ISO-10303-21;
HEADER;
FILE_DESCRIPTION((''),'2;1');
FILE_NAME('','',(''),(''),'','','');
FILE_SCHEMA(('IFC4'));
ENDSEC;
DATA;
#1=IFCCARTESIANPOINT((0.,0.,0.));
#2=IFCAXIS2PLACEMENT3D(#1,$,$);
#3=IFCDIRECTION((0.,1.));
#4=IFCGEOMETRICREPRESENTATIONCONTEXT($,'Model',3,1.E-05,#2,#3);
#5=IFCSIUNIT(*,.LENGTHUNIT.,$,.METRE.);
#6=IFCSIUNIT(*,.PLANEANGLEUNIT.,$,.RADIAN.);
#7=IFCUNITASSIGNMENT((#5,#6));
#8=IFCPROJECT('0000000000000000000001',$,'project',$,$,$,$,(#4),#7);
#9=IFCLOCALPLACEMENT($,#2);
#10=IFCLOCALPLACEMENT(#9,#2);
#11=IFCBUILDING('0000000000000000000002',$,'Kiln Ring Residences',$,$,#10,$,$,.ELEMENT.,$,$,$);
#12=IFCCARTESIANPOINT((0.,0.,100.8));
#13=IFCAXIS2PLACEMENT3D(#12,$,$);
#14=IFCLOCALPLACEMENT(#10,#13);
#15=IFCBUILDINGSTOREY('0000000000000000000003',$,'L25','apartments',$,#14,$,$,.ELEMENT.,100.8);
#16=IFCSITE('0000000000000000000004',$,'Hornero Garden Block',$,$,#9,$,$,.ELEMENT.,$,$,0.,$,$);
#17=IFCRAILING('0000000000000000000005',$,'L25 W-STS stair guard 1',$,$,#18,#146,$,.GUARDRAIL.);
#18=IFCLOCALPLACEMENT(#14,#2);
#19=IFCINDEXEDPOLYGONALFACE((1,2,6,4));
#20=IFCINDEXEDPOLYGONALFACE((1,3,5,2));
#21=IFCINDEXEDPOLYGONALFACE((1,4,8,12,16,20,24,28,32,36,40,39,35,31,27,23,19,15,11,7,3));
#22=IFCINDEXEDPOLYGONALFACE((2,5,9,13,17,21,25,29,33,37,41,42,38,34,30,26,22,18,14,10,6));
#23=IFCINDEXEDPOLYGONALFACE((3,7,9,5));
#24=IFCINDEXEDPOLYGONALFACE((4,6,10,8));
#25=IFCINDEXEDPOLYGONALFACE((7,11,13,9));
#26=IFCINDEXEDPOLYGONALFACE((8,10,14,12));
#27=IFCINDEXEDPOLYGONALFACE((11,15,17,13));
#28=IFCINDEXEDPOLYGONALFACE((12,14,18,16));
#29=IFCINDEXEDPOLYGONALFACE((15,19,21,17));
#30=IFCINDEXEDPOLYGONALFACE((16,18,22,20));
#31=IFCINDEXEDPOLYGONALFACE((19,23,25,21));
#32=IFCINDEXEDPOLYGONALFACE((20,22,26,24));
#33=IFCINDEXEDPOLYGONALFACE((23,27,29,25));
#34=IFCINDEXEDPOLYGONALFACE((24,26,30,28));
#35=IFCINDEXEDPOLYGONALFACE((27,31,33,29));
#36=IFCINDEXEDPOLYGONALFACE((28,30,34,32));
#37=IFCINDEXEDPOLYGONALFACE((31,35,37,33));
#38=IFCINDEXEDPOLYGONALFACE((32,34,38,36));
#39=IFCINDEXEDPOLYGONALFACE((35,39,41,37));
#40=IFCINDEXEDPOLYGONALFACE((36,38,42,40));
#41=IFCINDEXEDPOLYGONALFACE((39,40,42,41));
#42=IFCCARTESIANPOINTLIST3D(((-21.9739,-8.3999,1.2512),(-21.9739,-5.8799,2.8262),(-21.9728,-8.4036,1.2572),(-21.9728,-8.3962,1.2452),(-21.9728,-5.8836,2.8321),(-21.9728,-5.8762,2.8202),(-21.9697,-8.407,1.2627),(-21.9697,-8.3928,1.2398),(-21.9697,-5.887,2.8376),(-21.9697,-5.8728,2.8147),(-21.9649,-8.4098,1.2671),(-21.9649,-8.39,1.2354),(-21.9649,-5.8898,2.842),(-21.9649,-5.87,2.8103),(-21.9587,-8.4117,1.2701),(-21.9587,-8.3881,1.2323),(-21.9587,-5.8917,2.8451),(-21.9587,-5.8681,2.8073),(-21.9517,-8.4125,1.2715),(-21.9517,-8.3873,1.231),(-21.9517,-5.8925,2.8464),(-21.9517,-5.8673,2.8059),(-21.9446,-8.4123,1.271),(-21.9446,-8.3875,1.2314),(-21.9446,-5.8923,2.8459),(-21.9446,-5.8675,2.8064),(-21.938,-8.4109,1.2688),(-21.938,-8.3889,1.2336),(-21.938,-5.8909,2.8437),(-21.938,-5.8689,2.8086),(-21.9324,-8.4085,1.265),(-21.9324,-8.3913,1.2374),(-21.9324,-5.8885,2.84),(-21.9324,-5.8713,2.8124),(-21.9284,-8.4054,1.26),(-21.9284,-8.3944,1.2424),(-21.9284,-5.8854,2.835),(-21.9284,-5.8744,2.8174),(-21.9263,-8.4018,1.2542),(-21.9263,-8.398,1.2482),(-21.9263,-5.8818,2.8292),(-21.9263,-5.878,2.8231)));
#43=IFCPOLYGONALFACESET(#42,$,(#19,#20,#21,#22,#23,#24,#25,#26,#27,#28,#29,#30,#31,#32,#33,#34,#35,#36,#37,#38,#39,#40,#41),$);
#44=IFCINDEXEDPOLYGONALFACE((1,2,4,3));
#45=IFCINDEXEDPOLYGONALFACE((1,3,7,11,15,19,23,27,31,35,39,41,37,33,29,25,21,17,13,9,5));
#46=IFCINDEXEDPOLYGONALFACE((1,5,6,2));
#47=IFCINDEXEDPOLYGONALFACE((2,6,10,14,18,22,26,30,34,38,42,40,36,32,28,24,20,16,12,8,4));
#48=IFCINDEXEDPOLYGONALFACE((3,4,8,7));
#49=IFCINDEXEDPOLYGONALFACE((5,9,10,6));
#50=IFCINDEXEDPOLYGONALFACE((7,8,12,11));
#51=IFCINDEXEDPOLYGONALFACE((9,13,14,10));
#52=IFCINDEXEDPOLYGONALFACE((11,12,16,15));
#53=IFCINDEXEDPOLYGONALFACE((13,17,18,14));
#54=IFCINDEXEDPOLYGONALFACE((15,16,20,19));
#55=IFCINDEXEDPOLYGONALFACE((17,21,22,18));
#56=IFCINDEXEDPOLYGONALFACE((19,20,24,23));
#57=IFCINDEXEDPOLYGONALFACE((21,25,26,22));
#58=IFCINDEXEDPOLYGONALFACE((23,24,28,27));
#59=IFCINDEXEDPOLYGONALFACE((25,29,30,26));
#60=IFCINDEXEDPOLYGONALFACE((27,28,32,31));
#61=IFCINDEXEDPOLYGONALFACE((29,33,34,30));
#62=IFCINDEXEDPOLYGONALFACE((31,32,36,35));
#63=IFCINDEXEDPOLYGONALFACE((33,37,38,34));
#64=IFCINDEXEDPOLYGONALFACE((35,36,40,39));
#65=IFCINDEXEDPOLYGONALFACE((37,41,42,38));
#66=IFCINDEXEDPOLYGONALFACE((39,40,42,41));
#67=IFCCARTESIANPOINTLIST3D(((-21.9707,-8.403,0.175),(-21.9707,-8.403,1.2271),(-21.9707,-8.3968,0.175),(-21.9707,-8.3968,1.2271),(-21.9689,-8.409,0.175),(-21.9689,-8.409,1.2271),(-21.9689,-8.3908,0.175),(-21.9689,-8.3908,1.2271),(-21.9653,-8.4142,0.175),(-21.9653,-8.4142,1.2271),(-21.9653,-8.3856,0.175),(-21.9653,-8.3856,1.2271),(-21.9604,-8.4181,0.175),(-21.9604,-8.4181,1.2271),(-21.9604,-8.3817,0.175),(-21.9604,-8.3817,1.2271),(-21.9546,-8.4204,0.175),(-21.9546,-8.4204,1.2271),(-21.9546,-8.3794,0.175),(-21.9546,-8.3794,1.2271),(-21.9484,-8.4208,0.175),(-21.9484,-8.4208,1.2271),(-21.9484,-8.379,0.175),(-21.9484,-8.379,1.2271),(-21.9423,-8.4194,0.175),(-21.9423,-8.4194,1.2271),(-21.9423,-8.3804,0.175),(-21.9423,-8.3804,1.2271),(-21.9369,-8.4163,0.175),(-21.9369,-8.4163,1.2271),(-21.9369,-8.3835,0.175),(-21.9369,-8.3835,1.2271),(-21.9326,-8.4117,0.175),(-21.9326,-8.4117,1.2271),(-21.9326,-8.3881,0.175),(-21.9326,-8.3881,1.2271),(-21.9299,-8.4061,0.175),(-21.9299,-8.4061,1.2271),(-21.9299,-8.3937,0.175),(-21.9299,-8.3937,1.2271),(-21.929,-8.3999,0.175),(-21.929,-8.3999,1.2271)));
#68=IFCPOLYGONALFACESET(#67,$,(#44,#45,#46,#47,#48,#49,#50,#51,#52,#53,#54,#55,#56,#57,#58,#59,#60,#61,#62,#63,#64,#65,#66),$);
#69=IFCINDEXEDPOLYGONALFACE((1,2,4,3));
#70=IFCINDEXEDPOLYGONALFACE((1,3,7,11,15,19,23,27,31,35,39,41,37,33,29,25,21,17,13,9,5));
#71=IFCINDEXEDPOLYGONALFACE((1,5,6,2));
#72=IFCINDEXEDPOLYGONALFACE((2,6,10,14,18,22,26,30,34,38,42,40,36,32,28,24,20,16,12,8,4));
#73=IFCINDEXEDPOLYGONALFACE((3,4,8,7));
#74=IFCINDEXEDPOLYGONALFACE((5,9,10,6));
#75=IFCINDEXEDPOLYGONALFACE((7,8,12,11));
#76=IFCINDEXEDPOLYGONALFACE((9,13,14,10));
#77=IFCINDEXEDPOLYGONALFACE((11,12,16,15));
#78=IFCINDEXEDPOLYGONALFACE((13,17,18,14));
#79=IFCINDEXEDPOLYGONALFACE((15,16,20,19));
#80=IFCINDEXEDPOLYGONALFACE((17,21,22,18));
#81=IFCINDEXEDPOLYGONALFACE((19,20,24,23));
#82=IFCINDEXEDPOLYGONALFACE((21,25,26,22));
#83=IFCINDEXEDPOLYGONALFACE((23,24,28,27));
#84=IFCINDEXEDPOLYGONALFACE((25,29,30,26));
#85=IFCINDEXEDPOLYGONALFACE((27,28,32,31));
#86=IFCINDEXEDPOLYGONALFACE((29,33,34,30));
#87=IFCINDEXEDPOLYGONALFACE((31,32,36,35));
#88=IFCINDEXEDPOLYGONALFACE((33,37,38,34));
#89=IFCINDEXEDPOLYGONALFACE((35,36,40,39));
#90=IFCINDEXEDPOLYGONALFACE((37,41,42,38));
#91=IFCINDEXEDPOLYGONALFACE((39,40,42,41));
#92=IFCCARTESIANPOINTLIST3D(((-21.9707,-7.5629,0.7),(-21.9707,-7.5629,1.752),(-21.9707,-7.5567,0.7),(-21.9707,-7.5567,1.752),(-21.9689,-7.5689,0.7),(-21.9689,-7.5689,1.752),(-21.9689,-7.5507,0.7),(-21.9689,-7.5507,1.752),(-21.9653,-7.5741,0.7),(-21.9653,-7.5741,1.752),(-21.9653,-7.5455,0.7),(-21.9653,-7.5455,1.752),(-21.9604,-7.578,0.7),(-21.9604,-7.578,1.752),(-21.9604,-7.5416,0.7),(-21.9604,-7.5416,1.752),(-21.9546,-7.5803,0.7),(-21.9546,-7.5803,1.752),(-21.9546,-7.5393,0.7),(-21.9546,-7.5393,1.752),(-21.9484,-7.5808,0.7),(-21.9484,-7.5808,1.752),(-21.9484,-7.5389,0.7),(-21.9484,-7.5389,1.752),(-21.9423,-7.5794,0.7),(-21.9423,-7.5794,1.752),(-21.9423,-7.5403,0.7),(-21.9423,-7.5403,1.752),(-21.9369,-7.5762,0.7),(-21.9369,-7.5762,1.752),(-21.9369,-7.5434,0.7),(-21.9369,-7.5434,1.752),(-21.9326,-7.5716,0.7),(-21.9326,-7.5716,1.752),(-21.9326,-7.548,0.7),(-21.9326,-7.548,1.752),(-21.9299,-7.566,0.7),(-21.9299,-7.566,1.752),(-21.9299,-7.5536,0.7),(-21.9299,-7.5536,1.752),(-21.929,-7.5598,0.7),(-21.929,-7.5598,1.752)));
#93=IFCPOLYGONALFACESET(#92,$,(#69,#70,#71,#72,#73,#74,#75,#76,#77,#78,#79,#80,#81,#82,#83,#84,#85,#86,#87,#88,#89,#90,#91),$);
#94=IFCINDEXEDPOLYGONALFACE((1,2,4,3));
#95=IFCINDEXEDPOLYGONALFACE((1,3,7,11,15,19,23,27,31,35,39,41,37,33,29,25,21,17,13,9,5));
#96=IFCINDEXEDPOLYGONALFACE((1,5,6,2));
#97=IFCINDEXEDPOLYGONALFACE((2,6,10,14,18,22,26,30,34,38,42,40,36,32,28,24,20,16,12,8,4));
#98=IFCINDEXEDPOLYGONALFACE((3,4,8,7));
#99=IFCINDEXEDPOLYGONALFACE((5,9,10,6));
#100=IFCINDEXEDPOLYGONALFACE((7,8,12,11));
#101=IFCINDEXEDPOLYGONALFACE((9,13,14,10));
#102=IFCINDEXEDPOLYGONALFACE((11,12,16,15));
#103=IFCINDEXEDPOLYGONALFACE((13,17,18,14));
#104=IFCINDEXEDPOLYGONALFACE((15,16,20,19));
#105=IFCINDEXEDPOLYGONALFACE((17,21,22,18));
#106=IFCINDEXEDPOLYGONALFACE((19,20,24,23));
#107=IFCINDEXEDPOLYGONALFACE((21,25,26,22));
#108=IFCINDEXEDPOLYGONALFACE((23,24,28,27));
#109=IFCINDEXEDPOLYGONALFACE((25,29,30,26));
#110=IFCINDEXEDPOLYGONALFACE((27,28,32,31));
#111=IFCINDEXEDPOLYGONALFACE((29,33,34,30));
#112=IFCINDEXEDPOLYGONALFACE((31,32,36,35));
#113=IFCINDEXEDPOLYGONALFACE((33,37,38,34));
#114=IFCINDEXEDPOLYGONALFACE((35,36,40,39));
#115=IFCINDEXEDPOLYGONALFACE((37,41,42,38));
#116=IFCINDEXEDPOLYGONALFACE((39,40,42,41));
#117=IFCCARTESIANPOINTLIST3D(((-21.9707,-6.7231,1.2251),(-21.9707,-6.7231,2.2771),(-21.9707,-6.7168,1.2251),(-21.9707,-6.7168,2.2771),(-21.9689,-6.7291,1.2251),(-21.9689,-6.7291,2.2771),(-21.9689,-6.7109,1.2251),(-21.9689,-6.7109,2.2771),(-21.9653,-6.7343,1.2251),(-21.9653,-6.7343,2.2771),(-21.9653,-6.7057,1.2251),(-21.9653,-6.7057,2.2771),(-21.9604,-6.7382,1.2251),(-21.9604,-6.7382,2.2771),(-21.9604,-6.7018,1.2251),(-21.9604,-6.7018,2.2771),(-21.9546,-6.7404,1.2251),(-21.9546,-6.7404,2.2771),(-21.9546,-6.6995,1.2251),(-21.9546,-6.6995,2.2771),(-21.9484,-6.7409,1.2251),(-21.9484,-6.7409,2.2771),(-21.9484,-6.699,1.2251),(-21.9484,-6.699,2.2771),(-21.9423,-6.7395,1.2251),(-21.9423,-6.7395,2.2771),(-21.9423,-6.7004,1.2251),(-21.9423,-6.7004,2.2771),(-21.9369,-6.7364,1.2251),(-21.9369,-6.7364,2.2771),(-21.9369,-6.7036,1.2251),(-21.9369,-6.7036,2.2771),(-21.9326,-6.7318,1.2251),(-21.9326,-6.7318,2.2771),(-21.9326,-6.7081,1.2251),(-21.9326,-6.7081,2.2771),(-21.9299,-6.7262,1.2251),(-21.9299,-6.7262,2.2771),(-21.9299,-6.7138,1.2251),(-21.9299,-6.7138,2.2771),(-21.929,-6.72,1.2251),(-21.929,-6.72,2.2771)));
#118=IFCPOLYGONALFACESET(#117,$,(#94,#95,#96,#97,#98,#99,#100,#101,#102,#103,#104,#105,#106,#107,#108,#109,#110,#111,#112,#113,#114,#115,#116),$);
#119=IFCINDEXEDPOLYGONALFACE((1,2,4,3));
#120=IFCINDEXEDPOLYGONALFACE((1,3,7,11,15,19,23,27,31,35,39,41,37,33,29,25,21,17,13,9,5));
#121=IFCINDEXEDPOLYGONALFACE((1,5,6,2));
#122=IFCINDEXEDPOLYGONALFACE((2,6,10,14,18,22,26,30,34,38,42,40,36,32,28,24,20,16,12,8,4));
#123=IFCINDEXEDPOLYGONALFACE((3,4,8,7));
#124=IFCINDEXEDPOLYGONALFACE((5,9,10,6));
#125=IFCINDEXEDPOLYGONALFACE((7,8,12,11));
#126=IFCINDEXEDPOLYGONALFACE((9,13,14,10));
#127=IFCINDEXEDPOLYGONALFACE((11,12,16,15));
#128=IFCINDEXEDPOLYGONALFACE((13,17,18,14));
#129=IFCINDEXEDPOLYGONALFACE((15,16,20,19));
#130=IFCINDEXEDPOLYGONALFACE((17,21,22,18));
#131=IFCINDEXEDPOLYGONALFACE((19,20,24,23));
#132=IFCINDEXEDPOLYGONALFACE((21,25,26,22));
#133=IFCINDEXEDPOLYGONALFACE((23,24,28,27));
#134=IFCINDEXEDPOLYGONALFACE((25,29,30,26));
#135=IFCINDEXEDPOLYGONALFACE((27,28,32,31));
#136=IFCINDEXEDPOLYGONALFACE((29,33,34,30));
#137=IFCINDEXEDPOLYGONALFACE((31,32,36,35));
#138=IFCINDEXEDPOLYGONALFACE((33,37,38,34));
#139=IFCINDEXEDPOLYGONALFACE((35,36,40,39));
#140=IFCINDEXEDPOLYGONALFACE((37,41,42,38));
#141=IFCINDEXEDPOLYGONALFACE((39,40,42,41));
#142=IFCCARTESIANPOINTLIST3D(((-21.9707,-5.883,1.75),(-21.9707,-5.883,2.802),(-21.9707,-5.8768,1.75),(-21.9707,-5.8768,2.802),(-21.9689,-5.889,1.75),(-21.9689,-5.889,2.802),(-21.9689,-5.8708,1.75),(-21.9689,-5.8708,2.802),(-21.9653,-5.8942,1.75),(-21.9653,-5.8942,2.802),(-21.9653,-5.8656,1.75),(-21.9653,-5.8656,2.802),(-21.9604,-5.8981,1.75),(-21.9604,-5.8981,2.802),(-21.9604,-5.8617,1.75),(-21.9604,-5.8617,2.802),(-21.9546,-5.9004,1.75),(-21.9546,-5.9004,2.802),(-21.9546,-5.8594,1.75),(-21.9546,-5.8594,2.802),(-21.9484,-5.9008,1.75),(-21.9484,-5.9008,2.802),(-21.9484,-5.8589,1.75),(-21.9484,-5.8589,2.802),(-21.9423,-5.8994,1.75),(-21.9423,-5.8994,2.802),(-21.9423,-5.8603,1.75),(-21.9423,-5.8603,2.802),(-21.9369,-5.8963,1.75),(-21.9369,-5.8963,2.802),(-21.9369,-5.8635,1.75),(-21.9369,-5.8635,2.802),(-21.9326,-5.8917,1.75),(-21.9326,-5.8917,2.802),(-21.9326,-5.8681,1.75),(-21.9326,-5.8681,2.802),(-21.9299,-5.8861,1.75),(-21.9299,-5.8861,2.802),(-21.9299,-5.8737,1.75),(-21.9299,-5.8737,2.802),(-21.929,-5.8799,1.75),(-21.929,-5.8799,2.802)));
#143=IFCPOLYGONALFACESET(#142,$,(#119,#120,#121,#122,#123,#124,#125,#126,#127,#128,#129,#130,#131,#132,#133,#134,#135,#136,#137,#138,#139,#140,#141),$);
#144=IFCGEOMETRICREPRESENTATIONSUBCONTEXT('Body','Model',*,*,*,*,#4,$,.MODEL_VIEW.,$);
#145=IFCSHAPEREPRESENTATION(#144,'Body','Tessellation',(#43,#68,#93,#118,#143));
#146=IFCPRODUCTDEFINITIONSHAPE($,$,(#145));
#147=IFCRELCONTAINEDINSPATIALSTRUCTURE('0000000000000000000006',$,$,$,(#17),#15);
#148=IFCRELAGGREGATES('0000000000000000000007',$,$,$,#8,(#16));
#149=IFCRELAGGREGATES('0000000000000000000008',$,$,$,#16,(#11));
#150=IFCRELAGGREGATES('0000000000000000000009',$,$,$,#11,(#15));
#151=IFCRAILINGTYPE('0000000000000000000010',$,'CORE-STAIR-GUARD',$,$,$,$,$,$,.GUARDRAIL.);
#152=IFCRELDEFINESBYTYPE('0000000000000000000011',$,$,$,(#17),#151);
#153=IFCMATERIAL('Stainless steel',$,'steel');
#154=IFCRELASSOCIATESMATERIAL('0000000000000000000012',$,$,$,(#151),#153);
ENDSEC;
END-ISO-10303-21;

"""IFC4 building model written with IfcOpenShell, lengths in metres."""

from ifc_helpers import new_model, si_unit, direction, frame, origin, origin_2d, place, context, subcontext, project, spatial, circle, extrude, material, type_object, element, save


model = new_model("IFC4")

# Units and contexts
model_context = context("Model", 3, precision=1e-05, world=origin(), true_north=direction((0.0, 1.0)))
body_context = subcontext(model_context, "Body", "Model", "MODEL_VIEW")
ifc_project = project(units=[si_unit("LENGTHUNIT", "METRE"), si_unit("PLANEANGLEUNIT", "RADIAN")], contexts=[model_context])

# Site, building, storey
site_placement = place(None, origin())
site = spatial("IfcSite", under=ifc_project, at=site_placement, Name="Hornero Garden Block", CompositionType="ELEMENT", RefElevation=0.0)
building_placement = place(site_placement, origin())
building = spatial("IfcBuilding", under=site, at=building_placement, Name="Kiln Ring Residences", CompositionType="ELEMENT")
storey_placement = place(building_placement, frame((0.0, 0.0, 100.8)))
storey = spatial("IfcBuildingStorey", under=building, at=storey_placement, Name="L25", Description="apartments", CompositionType="ELEMENT", Elevation=100.8)

# Railing
ifc_material_1 = material(Name="Stainless steel", Category="steel")
railing_type_1 = type_object("IfcRailingType", Name="CORE-STAIR-GUARD", PredefinedType="GUARDRAIL", material=ifc_material_1)
railing_1_placement = place(storey_placement, frame((-21.95, -8.3999, 0.175)))
element("IfcRailing", 1, at=railing_1_placement, inside=storey, type_object=railing_type_1, Name="L25 W-STS stair guard 1", PredefinedType="GUARDRAIL", context=body_context, shape_type="SweptSolid", body=[
    extrude(circle(Radius=0.0239, at=origin_2d()), frame((0.0, 0.0, 1.0762), z_axis=(0.0, 0.848008, 0.529984), x_axis=(-1.0, 0.0, 0.0)), (0.0, 0.0, 1.0), 2.9717),
    extrude(circle(Radius=0.021, at=origin_2d()), origin(), (0.0, 0.0, 1.0), 1.052),
    extrude(circle(Radius=0.021, at=origin_2d()), frame((0.0, 0.8401, 0.5249)), (0.0, 0.0, 1.0), 1.052),
    extrude(circle(Radius=0.021, at=origin_2d()), frame((0.0, 1.6799, 1.05)), (0.0, 0.0, 1.0), 1.052),
    extrude(circle(Radius=0.021, at=origin_2d()), frame((0.0, 2.52, 1.575)), (0.0, 0.0, 1.0), 1.052),
])

save(model, "model.ifc")
